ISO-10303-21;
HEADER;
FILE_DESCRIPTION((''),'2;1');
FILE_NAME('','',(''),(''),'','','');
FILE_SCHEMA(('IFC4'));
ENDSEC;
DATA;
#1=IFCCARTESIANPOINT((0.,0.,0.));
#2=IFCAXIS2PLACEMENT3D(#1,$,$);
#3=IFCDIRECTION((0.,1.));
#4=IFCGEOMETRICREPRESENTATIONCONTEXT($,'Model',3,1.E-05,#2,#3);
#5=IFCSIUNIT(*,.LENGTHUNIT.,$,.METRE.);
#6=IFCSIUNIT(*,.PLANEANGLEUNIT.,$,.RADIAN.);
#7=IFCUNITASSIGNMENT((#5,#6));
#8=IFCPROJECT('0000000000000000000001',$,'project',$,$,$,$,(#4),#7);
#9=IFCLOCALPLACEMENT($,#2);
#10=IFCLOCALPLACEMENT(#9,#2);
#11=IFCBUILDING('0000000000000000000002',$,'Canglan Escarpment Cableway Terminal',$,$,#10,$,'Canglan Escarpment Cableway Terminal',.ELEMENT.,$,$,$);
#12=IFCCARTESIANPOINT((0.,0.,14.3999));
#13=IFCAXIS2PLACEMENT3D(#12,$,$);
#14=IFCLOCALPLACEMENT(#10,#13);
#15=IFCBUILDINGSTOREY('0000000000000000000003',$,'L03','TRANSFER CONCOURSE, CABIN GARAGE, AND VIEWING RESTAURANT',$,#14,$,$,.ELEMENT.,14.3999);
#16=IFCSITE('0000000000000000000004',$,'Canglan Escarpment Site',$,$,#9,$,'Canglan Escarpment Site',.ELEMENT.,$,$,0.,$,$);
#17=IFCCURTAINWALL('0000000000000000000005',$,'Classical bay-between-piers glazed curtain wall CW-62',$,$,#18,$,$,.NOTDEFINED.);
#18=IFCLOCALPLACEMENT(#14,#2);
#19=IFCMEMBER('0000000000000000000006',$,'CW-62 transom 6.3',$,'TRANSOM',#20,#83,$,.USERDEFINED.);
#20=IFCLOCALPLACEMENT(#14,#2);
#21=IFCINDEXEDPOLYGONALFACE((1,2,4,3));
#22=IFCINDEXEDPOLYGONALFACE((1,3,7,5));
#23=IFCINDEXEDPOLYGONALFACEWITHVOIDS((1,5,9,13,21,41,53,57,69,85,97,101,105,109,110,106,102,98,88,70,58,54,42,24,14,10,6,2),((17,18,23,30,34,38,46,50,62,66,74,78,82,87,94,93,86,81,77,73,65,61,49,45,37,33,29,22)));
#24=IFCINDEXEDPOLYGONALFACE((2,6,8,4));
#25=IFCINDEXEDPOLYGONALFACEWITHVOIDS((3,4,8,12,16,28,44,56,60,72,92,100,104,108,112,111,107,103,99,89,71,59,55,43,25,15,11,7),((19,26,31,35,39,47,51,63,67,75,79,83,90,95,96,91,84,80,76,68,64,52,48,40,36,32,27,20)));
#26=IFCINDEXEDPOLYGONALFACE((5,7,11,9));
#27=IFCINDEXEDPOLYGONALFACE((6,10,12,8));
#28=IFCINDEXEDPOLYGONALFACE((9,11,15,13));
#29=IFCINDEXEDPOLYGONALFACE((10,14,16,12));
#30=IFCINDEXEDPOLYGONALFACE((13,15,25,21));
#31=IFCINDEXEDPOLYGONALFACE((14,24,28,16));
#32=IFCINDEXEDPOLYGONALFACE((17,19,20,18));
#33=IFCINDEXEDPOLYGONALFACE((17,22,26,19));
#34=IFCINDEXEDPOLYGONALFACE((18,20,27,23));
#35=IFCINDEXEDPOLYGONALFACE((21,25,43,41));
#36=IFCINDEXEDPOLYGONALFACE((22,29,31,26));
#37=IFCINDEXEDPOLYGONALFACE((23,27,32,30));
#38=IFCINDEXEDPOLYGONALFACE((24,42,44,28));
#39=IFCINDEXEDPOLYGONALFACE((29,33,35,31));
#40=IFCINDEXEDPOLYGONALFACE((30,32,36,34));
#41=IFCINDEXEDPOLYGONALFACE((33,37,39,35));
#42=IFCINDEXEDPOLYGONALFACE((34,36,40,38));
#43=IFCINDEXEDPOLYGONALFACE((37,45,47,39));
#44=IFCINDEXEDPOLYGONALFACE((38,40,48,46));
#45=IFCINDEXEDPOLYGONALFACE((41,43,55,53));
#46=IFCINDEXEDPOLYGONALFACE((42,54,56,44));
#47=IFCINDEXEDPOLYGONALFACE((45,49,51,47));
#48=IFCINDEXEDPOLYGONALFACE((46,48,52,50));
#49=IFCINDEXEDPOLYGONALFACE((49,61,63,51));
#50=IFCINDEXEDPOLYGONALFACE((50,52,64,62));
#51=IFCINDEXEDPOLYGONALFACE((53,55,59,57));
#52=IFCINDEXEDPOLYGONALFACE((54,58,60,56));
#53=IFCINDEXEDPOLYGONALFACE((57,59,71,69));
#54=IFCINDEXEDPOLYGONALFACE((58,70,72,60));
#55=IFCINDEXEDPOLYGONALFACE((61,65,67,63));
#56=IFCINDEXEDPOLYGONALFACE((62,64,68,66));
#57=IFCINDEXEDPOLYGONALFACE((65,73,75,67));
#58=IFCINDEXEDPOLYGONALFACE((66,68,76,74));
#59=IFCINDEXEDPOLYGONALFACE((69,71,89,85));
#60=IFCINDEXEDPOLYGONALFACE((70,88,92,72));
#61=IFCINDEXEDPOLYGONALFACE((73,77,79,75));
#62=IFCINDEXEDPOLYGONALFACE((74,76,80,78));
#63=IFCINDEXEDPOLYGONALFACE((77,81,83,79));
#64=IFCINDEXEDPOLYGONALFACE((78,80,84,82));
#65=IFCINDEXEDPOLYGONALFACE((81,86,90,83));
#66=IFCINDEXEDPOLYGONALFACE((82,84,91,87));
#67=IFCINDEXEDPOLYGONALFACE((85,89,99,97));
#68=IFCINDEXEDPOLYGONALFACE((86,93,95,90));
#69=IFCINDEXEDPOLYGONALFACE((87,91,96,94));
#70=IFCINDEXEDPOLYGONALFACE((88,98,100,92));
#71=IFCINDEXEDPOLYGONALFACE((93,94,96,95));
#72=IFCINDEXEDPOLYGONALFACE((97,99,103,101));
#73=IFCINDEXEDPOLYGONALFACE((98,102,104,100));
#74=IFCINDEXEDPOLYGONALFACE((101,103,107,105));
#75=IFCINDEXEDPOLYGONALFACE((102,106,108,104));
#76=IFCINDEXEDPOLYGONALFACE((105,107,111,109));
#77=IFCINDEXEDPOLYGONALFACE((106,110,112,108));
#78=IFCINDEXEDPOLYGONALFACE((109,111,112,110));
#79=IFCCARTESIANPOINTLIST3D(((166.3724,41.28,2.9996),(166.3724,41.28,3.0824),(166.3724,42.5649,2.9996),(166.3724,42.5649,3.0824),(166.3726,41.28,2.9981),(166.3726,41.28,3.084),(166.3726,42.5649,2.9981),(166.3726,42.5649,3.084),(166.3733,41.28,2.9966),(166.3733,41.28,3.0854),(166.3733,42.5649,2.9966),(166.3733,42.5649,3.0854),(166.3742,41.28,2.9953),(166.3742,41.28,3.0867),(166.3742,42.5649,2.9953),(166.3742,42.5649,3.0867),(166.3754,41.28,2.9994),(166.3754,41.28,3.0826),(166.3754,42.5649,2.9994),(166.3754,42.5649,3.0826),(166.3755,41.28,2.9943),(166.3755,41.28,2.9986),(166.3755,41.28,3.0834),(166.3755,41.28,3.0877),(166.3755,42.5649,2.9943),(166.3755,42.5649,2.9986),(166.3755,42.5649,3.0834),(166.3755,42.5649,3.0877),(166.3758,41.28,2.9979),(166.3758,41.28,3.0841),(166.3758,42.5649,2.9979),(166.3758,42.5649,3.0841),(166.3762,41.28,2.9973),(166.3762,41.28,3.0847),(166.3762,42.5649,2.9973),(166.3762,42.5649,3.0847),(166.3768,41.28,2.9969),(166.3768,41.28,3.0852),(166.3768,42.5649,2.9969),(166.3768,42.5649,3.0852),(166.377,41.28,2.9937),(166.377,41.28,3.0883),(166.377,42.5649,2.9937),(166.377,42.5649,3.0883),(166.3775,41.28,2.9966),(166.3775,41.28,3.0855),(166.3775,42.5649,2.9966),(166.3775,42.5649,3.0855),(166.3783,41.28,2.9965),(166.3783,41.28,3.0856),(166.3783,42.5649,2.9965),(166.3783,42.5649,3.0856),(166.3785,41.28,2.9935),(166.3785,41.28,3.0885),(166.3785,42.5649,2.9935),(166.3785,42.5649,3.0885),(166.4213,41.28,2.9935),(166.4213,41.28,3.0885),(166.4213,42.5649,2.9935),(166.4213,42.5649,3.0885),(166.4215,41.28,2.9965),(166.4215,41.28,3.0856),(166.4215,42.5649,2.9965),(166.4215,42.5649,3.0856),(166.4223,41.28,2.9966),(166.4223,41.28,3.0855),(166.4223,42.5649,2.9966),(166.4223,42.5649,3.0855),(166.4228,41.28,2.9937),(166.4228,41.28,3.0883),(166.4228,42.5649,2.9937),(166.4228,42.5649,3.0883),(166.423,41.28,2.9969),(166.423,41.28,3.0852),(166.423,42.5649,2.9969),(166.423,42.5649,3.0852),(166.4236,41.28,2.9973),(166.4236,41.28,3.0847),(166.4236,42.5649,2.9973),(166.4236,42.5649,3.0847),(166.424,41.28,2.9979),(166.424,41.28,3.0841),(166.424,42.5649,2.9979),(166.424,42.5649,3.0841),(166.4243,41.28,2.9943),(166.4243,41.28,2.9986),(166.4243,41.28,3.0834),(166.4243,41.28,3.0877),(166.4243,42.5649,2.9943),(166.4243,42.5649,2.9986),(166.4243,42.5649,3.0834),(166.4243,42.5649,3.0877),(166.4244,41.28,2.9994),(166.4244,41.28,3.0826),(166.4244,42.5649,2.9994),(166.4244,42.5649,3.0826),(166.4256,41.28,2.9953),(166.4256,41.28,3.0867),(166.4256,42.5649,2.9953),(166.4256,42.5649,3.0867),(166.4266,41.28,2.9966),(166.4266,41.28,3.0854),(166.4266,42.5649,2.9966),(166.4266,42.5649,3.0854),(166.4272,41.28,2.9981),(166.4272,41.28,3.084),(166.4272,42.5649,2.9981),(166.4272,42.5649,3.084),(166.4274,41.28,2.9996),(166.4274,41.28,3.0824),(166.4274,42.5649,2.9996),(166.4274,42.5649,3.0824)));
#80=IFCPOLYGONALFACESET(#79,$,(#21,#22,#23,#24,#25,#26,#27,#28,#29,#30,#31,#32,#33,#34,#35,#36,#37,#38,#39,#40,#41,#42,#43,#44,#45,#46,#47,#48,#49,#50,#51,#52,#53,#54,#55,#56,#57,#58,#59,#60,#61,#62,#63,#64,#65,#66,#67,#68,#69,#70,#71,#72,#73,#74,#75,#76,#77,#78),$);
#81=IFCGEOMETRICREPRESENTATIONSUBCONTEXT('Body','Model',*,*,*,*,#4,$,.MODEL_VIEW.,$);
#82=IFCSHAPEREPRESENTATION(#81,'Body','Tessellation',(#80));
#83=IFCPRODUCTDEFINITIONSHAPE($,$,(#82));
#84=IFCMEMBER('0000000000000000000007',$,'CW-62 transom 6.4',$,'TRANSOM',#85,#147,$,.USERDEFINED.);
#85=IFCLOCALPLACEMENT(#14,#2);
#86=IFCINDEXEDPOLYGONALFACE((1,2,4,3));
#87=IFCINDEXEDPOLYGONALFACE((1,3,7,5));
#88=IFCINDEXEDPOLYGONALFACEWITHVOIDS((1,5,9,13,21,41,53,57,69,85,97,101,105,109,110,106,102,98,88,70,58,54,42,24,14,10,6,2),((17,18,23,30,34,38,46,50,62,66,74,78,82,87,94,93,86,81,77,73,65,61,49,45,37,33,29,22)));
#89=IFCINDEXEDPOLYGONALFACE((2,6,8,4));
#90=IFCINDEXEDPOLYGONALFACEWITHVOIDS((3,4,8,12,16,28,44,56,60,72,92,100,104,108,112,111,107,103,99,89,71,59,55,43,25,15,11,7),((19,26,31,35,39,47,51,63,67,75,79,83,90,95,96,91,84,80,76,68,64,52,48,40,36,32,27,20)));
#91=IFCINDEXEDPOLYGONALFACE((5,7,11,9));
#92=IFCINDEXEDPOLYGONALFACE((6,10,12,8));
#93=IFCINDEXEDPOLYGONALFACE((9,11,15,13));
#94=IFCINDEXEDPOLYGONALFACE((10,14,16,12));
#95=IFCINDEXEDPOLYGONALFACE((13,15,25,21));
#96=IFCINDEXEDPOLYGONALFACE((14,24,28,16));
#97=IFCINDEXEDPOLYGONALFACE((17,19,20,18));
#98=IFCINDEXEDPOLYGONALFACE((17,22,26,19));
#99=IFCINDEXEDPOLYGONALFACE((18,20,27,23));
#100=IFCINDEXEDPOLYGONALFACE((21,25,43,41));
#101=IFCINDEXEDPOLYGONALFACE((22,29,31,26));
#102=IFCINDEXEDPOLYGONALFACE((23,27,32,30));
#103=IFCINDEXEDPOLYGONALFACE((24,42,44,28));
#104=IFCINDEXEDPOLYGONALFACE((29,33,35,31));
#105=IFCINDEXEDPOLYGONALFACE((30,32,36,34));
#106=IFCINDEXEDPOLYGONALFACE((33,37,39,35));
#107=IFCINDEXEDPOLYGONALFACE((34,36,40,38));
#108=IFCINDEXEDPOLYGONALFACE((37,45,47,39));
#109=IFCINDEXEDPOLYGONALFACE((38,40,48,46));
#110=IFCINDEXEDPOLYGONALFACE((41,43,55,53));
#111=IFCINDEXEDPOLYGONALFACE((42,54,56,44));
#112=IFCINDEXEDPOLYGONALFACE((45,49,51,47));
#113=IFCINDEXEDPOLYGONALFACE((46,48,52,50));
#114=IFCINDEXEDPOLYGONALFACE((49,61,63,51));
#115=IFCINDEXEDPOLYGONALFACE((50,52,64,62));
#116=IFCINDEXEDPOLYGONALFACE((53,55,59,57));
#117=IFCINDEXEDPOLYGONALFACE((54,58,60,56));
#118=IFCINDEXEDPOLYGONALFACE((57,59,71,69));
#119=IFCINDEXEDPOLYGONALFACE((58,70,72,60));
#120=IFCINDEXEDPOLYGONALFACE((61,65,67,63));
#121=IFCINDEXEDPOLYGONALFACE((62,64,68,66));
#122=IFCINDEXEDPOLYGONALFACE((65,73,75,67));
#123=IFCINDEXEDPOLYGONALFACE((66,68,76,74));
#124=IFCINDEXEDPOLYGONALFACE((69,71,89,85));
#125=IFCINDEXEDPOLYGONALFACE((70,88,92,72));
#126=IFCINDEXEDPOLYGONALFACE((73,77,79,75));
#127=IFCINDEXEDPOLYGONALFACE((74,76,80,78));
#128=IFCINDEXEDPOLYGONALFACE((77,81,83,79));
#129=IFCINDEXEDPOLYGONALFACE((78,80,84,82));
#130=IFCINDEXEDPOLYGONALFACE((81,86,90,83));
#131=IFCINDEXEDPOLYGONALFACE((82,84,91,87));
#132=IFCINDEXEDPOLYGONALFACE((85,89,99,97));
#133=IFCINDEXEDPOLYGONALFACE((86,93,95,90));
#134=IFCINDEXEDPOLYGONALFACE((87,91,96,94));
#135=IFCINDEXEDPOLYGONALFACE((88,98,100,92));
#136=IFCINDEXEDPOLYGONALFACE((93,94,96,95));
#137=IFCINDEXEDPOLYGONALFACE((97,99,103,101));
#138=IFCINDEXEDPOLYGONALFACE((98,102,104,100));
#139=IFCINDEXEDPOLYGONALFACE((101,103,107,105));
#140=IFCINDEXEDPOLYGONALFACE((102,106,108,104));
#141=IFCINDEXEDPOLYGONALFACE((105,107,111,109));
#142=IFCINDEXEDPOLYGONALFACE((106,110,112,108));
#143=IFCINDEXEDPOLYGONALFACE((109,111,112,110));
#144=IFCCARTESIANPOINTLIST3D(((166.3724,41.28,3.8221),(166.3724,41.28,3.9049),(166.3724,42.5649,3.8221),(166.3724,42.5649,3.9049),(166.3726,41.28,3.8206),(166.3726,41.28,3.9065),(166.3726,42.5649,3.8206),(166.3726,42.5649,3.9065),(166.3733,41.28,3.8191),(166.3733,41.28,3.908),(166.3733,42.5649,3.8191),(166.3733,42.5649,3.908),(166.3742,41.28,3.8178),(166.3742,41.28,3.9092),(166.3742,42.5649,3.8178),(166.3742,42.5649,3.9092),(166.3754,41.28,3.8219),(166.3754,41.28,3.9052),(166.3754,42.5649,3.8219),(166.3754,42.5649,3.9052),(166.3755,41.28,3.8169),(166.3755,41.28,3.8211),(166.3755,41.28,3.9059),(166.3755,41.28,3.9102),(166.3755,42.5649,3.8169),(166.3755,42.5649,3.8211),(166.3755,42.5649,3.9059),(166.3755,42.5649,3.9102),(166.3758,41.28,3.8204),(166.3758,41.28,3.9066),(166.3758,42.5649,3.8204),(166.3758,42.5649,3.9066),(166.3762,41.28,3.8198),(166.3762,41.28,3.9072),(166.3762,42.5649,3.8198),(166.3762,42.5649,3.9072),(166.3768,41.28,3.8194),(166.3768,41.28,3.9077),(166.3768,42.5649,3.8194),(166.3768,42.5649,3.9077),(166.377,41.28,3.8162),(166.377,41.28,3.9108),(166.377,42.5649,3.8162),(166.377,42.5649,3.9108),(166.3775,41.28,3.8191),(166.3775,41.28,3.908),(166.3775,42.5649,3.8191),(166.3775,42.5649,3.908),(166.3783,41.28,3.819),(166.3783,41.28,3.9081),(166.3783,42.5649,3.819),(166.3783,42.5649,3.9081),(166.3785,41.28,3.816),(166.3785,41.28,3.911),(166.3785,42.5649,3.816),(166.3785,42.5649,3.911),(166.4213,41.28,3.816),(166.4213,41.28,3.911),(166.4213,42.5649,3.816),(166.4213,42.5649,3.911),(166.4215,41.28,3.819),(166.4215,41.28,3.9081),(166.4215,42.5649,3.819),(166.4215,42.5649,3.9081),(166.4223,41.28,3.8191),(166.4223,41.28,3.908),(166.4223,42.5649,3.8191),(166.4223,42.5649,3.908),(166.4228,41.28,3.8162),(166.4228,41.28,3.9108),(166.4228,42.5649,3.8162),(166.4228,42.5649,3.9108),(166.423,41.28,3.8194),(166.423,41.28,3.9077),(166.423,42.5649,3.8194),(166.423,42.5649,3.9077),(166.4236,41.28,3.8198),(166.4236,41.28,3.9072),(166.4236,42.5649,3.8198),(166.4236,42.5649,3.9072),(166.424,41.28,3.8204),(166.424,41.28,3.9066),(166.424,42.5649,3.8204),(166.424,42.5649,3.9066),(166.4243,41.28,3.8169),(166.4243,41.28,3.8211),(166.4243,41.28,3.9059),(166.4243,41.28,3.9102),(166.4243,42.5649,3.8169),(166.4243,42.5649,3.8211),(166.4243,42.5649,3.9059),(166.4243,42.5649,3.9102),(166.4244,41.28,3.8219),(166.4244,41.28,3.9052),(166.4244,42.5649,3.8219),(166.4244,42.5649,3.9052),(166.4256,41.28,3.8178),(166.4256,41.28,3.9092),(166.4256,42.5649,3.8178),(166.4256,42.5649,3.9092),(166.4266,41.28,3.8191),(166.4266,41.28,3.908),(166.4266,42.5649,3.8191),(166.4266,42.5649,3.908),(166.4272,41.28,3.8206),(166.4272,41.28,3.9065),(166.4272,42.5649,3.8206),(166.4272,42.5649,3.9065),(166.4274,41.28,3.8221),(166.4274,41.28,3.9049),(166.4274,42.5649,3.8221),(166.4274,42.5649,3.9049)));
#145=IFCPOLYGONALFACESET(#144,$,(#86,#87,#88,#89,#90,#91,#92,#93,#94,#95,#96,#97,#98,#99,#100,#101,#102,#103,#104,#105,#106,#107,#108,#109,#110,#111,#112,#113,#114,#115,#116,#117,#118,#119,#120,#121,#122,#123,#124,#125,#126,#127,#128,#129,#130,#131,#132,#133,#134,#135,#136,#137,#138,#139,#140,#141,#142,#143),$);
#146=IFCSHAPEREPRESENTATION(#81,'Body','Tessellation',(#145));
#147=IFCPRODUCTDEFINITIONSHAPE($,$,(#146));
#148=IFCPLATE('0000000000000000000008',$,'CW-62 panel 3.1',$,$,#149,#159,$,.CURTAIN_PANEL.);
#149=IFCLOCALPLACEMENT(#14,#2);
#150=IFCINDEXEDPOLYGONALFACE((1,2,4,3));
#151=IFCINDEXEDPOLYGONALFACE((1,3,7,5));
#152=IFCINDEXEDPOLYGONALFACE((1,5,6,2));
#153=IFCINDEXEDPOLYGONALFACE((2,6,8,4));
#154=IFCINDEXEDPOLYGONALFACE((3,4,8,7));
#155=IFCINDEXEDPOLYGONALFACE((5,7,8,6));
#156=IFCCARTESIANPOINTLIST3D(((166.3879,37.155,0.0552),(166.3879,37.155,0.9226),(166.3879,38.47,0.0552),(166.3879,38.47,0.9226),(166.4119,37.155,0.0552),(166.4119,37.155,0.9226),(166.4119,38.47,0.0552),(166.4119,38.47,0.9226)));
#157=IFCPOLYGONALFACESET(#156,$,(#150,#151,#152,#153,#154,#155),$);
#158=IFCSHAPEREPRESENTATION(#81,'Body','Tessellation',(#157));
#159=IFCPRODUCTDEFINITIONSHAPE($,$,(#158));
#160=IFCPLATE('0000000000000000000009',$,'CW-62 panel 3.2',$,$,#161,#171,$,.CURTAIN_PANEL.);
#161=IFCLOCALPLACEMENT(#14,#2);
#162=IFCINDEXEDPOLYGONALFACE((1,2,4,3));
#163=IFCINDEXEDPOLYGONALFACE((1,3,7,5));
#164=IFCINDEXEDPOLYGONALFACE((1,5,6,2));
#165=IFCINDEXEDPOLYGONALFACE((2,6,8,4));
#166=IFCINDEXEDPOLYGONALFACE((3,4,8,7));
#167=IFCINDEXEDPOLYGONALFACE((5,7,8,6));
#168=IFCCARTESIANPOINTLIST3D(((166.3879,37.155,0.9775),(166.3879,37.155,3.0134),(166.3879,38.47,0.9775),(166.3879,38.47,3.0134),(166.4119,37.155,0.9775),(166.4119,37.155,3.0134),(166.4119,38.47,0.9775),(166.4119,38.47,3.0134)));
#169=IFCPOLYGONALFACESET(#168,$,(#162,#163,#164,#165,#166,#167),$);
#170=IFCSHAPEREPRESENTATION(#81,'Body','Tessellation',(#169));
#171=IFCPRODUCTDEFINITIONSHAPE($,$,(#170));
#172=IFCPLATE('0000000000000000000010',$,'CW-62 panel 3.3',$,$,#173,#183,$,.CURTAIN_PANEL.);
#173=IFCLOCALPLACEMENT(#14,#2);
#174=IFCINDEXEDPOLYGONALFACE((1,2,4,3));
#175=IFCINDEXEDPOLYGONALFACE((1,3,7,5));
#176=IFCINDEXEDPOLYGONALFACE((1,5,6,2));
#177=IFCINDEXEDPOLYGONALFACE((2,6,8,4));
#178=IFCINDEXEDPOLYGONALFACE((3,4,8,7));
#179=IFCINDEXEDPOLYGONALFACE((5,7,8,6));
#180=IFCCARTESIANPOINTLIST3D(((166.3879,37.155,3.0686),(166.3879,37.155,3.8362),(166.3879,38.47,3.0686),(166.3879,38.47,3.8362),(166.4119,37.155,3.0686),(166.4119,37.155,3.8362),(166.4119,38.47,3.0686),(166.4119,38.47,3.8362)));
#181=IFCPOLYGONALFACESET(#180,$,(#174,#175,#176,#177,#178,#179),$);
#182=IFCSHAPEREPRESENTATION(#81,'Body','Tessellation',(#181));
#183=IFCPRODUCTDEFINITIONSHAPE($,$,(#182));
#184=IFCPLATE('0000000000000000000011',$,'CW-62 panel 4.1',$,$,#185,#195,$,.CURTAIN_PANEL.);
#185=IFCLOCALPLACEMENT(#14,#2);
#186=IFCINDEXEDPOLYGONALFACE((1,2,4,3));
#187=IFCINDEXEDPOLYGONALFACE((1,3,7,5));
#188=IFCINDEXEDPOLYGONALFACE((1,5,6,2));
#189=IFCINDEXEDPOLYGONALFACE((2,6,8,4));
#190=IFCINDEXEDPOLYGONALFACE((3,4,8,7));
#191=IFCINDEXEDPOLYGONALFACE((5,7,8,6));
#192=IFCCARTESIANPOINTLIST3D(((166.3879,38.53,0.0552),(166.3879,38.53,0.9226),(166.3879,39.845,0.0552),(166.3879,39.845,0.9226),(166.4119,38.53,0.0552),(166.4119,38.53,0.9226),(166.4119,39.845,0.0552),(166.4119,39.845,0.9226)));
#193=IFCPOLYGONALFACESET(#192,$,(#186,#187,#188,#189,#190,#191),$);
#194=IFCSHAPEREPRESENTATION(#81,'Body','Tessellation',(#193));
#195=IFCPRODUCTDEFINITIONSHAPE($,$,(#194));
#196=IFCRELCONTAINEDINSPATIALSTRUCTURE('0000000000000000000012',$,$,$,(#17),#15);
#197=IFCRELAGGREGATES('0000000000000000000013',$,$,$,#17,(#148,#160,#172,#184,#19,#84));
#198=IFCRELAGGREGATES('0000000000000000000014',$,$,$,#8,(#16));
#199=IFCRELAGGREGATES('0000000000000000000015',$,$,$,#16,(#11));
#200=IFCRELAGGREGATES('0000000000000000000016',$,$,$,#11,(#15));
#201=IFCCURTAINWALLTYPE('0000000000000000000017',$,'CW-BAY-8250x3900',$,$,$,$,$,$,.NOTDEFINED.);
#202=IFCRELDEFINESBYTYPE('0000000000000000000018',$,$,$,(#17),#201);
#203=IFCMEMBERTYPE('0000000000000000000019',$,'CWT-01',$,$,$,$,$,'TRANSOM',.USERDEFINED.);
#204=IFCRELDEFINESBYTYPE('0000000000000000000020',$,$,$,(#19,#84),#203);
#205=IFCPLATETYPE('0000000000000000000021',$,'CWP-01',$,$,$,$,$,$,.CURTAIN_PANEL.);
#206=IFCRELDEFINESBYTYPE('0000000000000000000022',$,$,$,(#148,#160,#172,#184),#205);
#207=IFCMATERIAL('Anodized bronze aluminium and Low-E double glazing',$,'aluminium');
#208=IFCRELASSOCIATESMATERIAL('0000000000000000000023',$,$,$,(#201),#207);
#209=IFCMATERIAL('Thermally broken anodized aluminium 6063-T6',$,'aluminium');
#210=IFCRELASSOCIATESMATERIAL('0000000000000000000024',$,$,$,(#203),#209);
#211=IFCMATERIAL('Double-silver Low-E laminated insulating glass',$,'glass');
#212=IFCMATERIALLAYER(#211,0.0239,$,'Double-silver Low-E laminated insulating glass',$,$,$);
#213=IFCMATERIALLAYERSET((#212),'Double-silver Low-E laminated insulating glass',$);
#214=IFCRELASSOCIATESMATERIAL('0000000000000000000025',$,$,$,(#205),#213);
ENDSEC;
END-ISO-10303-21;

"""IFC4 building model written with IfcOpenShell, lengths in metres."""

from ifc_helpers import new_model, si_unit, direction, frame, origin, origin_2d, place, context, subcontext, project, spatial, rectangle, hollow_rectangle, extrude, material, layer, layer_set, material_profile, profile_set, type_object, element, aggregate, save


model = new_model("IFC4")

# Units and contexts
model_context = context("Model", 3, precision=1e-05, world=origin(), true_north=direction((0.0, 1.0)))
body_context = subcontext(model_context, "Body", "Model", "MODEL_VIEW")
ifc_project = project(units=[si_unit("LENGTHUNIT", "METRE"), si_unit("PLANEANGLEUNIT", "RADIAN")], contexts=[model_context])

# Site, building, storey
site_placement = place(None, origin())
site = spatial("IfcSite", under=ifc_project, at=site_placement, Name="Canglan Escarpment Site", LongName="Canglan Escarpment Site", CompositionType="ELEMENT", RefElevation=0.0)
building_placement = place(site_placement, origin())
building = spatial("IfcBuilding", under=site, at=building_placement, Name="Canglan Escarpment Cableway Terminal", LongName="Canglan Escarpment Cableway Terminal", CompositionType="ELEMENT")
storey_placement = place(building_placement, frame((0.0, 0.0, 14.3999)))
storey = spatial("IfcBuildingStorey", under=building, at=storey_placement, Name="L03", Description="TRANSFER CONCOURSE, CABIN GARAGE, AND VIEWING RESTAURANT", CompositionType="ELEMENT", Elevation=14.3999)

# Curtain wall, members, plates
ifc_material_1 = material(Name="Anodized bronze aluminium and Low-E double glazing", Category="aluminium")
curtain_wall_type = type_object("IfcCurtainWallType", Name="CW-BAY-8250x3900", PredefinedType="NOTDEFINED", material=ifc_material_1)
curtain_wall_placement = place(storey_placement, origin())
curtain_wall = element("IfcCurtainWall", 1, at=curtain_wall_placement, inside=storey, type_object=curtain_wall_type, Name="Classical bay-between-piers glazed curtain wall CW-62", PredefinedType="NOTDEFINED")
ifc_material_2 = material(Name="Thermally broken anodized aluminium 6063-T6", Category="aluminium")
ifc_material_profile_1 = material_profile(ifc_material_2, hollow_rectangle(XDim=0.0549, YDim=0.095, WallThickness=0.0029, InnerFilletRadius=0.0029, OuterFilletRadius=0.0061, at=origin_2d()), Name="ALU-TRAN 55x95x3")
ifc_profile_set_1 = profile_set([ifc_material_profile_1], Name="Thermally broken anodized aluminium 6063-T6")
member_type_1 = type_object("IfcMemberType", Name="CWT-01", ElementType="TRANSOM", PredefinedType="USERDEFINED", material=ifc_profile_set_1)
member_1_placement = place(storey_placement, frame((166.3999, 41.28, 3.041), z_axis=(0.0, 1.0, 0.0), x_axis=(-1.0, 0.0, 0.0)))
member_1 = element("IfcMember", 2, at=member_1_placement, type_object=member_type_1, Name="CW-62 transom 6.3", ObjectType="TRANSOM", PredefinedType="USERDEFINED", context=body_context, shape_type="SweptSolid", body=[
    extrude(hollow_rectangle(XDim=0.0549, YDim=0.095, WallThickness=0.0029, InnerFilletRadius=0.0029, OuterFilletRadius=0.0061, at=origin_2d()), origin(), (0.0, 0.0, 1.0), 1.2849),
])
member_2_placement = place(storey_placement, frame((166.3999, 41.28, 3.8635), z_axis=(0.0, 1.0, 0.0), x_axis=(-1.0, 0.0, 0.0)))
member_2 = element("IfcMember", 3, at=member_2_placement, type_object=member_type_1, Name="CW-62 transom 6.4", ObjectType="TRANSOM", PredefinedType="USERDEFINED", context=body_context, shape_type="SweptSolid", body=[
    extrude(hollow_rectangle(XDim=0.0549, YDim=0.095, WallThickness=0.0029, InnerFilletRadius=0.0029, OuterFilletRadius=0.0061, at=origin_2d()), origin(), (0.0, 0.0, 1.0), 1.2849),
])
ifc_material_3 = material(Name="Double-silver Low-E laminated insulating glass", Category="glass")
ifc_layer = layer(ifc_material_3, 0.0239, Name="Double-silver Low-E laminated insulating glass")
ifc_layer_set = layer_set([ifc_layer], Name="Double-silver Low-E laminated insulating glass")
plate_type = type_object("IfcPlateType", Name="CWP-01", PredefinedType="CURTAIN_PANEL", material=ifc_layer_set)
plate_1_placement = place(storey_placement, frame((166.3999, 37.8125, 0.0552), z_axis=(0.0, 0.0, 1.0), x_axis=(0.0, 1.0, 0.0)))
plate_1 = element("IfcPlate", 4, at=plate_1_placement, type_object=plate_type, Name="CW-62 panel 3.1", PredefinedType="CURTAIN_PANEL", context=body_context, shape_type="SweptSolid", body=[
    extrude(rectangle(XDim=1.3149, YDim=0.0239, at=origin_2d()), origin(), (0.0, 0.0, 1.0), 0.8674),
])
plate_2_placement = place(storey_placement, frame((166.3999, 37.8125, 0.9775), z_axis=(0.0, 0.0, 1.0), x_axis=(0.0, 1.0, 0.0)))
plate_2 = element("IfcPlate", 5, at=plate_2_placement, type_object=plate_type, Name="CW-62 panel 3.2", PredefinedType="CURTAIN_PANEL", context=body_context, shape_type="SweptSolid", body=[
    extrude(rectangle(XDim=1.3149, YDim=0.0239, at=origin_2d()), origin(), (0.0, 0.0, 1.0), 2.0359),
])
plate_3_placement = place(storey_placement, frame((166.3999, 37.8125, 3.0686), z_axis=(0.0, 0.0, 1.0), x_axis=(0.0, 1.0, 0.0)))
plate_3 = element("IfcPlate", 6, at=plate_3_placement, type_object=plate_type, Name="CW-62 panel 3.3", PredefinedType="CURTAIN_PANEL", context=body_context, shape_type="SweptSolid", body=[
    extrude(rectangle(XDim=1.3149, YDim=0.0239, at=origin_2d()), origin(), (0.0, 0.0, 1.0), 0.7676),
])
plate_4_placement = place(storey_placement, frame((166.3999, 39.1875, 0.0552), z_axis=(0.0, 0.0, 1.0), x_axis=(0.0, 1.0, 0.0)))
plate_4 = element("IfcPlate", 7, at=plate_4_placement, type_object=plate_type, Name="CW-62 panel 4.1", PredefinedType="CURTAIN_PANEL", context=body_context, shape_type="SweptSolid", body=[
    extrude(rectangle(XDim=1.3149, YDim=0.0239, at=origin_2d()), origin(), (0.0, 0.0, 1.0), 0.8674),
])
aggregate(curtain_wall, [plate_1, plate_2, plate_3, plate_4, member_1, member_2])

save(model, "model.ifc")
